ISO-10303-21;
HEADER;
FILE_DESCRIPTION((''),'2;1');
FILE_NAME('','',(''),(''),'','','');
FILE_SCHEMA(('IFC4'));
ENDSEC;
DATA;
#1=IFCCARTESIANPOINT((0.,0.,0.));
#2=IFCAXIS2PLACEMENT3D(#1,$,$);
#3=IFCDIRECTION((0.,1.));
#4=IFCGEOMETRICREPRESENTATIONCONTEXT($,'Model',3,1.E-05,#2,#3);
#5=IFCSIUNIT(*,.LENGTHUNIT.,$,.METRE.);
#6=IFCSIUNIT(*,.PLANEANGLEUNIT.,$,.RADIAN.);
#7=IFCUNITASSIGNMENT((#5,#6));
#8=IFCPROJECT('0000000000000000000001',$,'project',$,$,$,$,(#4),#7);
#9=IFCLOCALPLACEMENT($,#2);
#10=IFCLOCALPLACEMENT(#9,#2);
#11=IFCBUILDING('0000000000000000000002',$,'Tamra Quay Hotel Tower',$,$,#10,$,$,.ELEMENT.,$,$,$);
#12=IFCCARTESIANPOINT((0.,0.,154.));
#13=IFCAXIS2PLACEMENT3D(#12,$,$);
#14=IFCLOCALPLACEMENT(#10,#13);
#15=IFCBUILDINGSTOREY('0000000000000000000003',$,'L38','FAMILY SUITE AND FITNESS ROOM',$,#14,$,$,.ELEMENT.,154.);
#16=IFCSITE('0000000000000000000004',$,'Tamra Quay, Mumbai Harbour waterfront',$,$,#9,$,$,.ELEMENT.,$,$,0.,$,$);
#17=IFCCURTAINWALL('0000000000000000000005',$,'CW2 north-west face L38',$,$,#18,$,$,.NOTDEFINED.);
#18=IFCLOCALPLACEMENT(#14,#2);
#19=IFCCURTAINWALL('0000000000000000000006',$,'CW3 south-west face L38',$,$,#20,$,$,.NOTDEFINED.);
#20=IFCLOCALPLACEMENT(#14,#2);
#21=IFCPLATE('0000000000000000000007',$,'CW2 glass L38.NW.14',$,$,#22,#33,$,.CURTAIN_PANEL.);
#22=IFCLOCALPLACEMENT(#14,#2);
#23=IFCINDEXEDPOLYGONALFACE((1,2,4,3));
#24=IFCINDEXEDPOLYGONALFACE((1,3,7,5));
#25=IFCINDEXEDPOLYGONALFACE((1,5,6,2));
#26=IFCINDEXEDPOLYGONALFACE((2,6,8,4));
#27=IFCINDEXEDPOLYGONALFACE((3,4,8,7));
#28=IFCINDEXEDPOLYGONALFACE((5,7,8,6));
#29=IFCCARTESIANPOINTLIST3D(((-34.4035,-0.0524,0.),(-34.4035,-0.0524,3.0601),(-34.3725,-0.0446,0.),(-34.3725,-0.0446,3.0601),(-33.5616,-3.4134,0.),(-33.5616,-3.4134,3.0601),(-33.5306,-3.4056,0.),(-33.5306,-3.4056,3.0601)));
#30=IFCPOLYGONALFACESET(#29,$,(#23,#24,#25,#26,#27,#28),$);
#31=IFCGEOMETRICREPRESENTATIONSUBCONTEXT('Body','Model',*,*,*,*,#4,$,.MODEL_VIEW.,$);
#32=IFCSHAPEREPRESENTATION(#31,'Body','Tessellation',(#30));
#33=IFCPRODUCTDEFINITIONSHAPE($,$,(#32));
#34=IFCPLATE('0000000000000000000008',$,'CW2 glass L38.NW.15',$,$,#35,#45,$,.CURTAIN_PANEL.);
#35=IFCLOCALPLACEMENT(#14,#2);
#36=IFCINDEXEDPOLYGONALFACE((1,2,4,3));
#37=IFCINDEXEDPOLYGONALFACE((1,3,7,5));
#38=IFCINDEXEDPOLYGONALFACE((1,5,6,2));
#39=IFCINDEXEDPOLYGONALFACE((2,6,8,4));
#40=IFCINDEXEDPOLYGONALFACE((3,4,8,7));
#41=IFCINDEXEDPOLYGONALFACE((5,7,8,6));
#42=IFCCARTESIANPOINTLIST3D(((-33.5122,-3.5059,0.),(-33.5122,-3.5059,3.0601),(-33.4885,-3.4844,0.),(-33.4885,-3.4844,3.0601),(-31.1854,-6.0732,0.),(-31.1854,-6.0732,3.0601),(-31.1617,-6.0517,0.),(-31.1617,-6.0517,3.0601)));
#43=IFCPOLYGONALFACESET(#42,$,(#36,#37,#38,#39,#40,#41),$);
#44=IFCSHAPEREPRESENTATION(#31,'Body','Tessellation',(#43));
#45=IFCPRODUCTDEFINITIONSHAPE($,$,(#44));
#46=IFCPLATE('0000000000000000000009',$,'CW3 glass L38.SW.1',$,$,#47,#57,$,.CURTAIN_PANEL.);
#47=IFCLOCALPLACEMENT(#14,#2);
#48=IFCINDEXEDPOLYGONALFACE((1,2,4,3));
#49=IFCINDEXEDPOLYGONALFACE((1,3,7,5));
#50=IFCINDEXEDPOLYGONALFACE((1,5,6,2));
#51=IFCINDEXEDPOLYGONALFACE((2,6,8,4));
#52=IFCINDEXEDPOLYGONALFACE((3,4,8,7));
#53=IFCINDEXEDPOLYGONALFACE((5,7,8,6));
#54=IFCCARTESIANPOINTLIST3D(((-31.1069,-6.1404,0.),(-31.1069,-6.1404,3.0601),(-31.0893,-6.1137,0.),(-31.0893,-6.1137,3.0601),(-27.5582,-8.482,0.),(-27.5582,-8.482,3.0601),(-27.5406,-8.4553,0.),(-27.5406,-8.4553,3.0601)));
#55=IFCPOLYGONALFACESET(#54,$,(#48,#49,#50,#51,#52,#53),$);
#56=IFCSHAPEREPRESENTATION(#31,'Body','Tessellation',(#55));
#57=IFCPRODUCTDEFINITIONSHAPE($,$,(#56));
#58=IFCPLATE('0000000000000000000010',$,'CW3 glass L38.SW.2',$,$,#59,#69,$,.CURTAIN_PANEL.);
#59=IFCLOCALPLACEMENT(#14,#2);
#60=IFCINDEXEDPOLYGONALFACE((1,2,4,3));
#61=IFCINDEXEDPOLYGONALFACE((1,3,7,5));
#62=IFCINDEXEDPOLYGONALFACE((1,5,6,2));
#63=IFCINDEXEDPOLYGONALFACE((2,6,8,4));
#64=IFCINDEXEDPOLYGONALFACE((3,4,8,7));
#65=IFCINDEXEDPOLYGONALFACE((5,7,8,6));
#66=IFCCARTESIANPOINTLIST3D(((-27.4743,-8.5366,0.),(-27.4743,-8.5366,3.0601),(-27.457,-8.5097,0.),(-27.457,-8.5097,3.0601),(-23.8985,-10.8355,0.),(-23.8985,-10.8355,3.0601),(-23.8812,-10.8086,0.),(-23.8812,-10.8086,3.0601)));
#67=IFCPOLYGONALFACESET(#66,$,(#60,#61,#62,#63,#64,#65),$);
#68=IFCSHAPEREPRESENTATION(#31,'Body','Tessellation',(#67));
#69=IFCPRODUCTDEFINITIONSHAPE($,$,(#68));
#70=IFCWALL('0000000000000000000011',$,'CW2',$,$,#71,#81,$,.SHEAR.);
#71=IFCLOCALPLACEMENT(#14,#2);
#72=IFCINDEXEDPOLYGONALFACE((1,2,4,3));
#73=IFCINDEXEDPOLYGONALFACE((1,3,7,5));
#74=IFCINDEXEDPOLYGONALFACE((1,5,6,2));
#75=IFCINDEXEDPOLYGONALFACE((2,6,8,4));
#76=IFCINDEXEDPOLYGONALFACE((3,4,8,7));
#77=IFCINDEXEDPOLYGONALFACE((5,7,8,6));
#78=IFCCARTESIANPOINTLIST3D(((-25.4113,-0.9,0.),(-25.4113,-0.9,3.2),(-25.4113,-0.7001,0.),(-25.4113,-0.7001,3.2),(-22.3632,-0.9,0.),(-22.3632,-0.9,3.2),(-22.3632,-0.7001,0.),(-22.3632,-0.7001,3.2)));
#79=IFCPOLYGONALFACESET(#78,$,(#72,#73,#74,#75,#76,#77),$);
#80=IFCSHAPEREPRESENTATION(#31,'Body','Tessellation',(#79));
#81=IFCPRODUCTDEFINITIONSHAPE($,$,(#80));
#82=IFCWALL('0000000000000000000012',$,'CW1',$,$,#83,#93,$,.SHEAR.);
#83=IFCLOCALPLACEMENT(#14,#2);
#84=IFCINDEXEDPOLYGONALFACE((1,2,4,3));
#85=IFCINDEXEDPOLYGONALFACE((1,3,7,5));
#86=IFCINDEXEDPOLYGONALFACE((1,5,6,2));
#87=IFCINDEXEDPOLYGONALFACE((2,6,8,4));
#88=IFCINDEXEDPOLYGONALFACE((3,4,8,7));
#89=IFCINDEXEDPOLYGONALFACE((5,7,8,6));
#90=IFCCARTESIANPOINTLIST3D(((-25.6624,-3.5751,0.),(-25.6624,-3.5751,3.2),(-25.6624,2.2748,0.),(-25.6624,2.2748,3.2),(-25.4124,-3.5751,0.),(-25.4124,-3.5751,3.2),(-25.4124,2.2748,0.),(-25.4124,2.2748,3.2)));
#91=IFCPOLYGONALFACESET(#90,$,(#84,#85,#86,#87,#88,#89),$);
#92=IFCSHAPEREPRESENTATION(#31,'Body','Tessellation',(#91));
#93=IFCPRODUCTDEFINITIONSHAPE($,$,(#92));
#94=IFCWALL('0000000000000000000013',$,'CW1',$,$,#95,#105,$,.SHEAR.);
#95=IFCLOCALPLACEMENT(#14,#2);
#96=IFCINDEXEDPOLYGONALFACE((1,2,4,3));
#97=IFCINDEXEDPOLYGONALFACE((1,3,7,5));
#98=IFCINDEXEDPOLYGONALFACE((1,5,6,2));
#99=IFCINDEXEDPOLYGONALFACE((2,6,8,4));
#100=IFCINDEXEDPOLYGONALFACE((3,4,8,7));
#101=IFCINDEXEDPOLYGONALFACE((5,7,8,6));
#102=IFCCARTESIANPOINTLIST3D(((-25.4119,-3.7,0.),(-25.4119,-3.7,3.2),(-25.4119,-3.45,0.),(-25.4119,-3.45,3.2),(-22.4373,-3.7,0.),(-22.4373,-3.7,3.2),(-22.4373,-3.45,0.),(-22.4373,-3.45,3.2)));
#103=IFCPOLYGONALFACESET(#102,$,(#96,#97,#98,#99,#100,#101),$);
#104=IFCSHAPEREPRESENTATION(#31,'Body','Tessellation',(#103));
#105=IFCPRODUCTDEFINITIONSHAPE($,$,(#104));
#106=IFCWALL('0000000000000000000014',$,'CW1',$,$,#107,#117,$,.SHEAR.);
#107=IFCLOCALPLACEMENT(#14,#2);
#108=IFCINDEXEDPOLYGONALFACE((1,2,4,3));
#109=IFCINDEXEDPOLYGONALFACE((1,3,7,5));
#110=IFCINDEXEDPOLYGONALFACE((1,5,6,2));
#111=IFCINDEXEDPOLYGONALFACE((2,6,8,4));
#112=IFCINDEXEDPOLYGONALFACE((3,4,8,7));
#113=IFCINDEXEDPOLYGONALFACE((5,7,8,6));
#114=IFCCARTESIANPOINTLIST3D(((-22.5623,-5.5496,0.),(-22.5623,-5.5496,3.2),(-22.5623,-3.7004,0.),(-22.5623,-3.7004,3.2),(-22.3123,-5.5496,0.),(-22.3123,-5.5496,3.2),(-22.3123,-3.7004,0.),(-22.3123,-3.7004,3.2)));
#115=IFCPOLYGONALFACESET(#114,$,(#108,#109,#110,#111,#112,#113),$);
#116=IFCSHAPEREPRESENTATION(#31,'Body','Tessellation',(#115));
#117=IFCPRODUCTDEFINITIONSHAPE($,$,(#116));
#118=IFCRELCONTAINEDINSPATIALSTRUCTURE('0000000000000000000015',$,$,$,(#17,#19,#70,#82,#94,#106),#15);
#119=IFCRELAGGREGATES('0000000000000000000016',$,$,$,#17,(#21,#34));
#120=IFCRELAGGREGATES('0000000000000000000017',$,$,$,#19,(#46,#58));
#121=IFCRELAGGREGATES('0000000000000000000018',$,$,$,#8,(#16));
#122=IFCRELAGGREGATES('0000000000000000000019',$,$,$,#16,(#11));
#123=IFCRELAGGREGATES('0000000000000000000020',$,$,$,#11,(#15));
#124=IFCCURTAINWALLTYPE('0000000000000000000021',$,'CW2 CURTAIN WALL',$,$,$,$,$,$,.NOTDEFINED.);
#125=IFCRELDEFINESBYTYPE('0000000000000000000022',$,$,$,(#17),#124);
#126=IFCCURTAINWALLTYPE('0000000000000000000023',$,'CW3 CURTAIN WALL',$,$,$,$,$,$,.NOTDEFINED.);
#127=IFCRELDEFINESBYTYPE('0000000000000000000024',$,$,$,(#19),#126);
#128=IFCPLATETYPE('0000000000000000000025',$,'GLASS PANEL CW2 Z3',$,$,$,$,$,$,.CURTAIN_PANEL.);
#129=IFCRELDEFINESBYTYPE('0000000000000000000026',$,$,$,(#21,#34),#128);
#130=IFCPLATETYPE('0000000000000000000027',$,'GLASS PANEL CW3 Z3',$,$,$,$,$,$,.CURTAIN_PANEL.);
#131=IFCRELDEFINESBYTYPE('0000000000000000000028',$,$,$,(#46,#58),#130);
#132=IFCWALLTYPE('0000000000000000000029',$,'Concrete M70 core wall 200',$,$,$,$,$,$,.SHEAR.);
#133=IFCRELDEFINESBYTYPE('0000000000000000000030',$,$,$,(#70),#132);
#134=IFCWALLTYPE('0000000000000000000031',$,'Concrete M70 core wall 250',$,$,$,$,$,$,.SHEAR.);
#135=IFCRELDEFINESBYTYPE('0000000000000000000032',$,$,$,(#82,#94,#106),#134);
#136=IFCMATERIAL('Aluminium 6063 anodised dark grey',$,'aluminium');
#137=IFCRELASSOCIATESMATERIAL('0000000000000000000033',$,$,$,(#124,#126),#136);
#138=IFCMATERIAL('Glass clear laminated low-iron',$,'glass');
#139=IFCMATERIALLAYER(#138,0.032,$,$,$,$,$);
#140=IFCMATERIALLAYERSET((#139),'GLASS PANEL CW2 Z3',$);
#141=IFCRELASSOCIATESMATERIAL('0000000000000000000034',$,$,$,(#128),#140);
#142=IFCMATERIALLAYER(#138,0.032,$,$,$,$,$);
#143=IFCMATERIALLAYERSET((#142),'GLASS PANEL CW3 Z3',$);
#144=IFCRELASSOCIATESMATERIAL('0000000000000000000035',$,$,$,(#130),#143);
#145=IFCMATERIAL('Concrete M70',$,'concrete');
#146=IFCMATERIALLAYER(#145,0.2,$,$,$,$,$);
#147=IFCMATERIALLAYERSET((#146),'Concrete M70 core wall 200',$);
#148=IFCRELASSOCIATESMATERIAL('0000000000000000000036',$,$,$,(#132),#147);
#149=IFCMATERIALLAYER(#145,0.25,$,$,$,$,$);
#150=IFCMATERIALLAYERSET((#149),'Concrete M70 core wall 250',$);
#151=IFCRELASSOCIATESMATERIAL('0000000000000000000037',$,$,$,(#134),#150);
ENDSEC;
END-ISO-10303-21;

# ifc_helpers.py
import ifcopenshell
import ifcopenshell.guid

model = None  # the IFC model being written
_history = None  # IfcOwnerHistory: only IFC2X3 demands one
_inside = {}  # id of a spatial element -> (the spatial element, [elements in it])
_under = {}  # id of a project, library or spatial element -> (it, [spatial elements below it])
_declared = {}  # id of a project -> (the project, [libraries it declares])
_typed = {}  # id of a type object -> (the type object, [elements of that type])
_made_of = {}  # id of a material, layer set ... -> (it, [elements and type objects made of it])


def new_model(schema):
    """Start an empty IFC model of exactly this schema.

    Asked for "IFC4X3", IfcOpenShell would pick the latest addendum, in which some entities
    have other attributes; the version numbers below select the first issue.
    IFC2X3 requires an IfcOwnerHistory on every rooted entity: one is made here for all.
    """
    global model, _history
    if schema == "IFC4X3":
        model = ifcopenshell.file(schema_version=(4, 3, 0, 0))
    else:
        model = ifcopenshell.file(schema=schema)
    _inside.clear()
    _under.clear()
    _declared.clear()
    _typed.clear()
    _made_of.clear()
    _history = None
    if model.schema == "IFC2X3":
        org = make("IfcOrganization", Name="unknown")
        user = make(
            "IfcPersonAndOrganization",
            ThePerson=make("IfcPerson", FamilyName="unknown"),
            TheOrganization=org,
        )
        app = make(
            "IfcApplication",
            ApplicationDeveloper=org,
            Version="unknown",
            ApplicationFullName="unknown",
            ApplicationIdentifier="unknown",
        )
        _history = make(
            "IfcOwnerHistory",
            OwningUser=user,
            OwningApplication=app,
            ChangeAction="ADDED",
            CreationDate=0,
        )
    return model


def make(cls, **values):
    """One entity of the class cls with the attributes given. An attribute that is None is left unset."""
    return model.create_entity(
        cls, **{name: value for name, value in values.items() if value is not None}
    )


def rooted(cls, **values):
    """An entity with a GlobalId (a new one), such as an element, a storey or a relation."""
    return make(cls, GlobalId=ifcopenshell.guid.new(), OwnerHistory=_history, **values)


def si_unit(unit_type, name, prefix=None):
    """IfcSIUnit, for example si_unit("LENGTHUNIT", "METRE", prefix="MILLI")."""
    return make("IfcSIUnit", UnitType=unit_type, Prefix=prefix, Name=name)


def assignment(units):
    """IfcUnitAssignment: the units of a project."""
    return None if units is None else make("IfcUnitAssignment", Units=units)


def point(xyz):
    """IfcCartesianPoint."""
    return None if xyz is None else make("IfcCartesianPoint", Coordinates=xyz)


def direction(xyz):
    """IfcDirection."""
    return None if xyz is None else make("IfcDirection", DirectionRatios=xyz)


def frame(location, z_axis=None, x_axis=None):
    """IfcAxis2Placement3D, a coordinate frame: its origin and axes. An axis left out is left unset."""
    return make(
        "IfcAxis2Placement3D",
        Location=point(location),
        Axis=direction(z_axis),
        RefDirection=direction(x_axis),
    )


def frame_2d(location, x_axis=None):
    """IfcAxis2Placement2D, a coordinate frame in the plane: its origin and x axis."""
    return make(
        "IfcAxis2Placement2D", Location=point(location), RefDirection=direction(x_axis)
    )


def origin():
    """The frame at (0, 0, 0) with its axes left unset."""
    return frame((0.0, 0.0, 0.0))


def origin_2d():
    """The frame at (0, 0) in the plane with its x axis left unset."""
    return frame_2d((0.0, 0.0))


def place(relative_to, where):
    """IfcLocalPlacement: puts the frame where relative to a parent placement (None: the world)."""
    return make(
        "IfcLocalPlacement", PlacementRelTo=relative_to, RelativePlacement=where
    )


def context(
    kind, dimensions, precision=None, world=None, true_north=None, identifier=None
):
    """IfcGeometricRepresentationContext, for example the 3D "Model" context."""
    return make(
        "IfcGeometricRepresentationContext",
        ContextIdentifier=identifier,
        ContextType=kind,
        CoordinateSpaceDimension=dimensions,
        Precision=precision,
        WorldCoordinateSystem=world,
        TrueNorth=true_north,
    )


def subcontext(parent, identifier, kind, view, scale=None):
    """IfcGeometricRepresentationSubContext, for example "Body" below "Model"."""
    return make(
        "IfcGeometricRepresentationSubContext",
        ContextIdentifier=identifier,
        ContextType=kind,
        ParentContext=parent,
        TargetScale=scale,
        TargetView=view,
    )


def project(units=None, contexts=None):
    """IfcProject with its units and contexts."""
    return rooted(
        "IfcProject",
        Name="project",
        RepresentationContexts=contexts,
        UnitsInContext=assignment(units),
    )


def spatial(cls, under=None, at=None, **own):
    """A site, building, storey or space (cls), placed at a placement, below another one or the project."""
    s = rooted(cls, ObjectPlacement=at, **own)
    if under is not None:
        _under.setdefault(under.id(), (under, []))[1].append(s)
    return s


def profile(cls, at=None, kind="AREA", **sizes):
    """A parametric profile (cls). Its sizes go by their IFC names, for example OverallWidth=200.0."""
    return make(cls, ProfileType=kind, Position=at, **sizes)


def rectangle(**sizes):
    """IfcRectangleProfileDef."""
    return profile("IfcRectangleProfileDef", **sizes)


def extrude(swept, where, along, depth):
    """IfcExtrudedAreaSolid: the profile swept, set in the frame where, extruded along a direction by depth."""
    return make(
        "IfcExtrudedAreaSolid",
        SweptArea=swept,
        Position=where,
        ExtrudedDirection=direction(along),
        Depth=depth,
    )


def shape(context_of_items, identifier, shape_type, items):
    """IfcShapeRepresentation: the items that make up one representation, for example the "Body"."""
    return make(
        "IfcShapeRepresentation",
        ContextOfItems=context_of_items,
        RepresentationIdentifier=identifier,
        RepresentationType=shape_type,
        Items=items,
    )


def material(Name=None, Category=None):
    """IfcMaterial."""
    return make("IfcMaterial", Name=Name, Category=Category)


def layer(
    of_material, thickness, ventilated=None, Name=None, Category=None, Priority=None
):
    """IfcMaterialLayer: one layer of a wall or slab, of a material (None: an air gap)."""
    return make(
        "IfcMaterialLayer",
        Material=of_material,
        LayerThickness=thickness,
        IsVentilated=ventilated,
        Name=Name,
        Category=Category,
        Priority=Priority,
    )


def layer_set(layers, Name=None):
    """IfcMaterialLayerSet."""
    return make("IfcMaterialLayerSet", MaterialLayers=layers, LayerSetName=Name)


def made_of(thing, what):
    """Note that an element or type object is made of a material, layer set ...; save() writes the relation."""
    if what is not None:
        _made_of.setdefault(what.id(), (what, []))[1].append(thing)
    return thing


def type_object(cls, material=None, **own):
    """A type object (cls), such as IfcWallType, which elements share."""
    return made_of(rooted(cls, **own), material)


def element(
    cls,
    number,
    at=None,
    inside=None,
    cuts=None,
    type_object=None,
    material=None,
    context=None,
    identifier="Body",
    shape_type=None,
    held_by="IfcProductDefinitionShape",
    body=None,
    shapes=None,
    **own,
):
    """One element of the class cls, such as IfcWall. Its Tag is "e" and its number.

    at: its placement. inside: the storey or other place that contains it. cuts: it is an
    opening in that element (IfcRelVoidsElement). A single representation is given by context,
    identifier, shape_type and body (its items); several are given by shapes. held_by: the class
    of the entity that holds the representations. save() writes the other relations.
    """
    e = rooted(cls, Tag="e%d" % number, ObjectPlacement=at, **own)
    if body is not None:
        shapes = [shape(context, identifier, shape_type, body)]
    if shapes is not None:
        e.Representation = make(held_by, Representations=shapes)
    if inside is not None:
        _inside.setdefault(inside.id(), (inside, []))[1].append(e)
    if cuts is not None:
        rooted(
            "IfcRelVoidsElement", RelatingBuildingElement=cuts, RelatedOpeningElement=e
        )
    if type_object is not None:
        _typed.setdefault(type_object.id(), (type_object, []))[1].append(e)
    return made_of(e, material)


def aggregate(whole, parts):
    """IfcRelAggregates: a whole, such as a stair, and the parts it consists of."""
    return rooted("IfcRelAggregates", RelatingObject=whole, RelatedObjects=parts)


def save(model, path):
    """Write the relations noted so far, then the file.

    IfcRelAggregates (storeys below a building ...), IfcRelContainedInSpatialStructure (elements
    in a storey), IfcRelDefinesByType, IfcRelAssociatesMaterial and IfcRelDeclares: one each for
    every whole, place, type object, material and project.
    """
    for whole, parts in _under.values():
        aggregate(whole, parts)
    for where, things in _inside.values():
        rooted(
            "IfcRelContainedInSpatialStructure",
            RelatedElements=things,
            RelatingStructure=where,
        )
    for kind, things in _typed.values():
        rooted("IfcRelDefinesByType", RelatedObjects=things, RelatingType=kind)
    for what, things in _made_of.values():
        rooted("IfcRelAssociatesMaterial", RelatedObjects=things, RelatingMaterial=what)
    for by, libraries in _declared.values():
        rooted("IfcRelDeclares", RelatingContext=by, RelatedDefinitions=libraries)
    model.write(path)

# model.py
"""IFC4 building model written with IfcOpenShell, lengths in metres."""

from ifc_helpers import new_model, si_unit, direction, frame, frame_2d, origin, origin_2d, place, context, subcontext, project, spatial, rectangle, extrude, material, layer, layer_set, type_object, element, aggregate, save


model = new_model("IFC4")

# Units and contexts
model_context = context("Model", 3, precision=1e-05, world=origin(), true_north=direction((0.0, 1.0)))
body_context = subcontext(model_context, "Body", "Model", "MODEL_VIEW")
ifc_project = project(units=[si_unit("LENGTHUNIT", "METRE"), si_unit("PLANEANGLEUNIT", "RADIAN")], contexts=[model_context])

# Site, building, storey
site_placement = place(None, origin())
site = spatial("IfcSite", under=ifc_project, at=site_placement, Name="Tamra Quay, Mumbai Harbour waterfront", CompositionType="ELEMENT", RefElevation=0.0)
building_placement = place(site_placement, origin())
building = spatial("IfcBuilding", under=site, at=building_placement, Name="Tamra Quay Hotel Tower", CompositionType="ELEMENT")
storey_placement = place(building_placement, frame((0.0, 0.0, 154.0)))
storey = spatial("IfcBuildingStorey", under=building, at=storey_placement, Name="L38", Description="FAMILY SUITE AND FITNESS ROOM", CompositionType="ELEMENT", Elevation=154.0)

# Shared definitions
ifc_material_1 = material(Name="Concrete M70", Category="concrete")

# Curtain wall
ifc_material_2 = material(Name="Aluminium 6063 anodised dark grey", Category="aluminium")
curtain_wall_type_1 = type_object("IfcCurtainWallType", Name="CW2 CURTAIN WALL", PredefinedType="NOTDEFINED", material=ifc_material_2)
curtain_wall_1_placement = place(storey_placement, origin())
curtain_wall_1 = element("IfcCurtainWall", 1, at=curtain_wall_1_placement, inside=storey, type_object=curtain_wall_type_1, Name="CW2 north-west face L38", PredefinedType="NOTDEFINED")

# Curtain wall
curtain_wall_type_2 = type_object("IfcCurtainWallType", Name="CW3 CURTAIN WALL", PredefinedType="NOTDEFINED", material=ifc_material_2)
curtain_wall_2_placement = place(storey_placement, origin())
curtain_wall_2 = element("IfcCurtainWall", 2, at=curtain_wall_2_placement, inside=storey, type_object=curtain_wall_type_2, Name="CW3 south-west face L38", PredefinedType="NOTDEFINED")

# Plates
ifc_material_3 = material(Name="Glass clear laminated low-iron", Category="glass")
ifc_layer_1 = layer(ifc_material_3, 0.032)
ifc_layer_set_1 = layer_set([ifc_layer_1], Name="GLASS PANEL CW2 Z3")
plate_type_1 = type_object("IfcPlateType", Name="GLASS PANEL CW2 Z3", PredefinedType="CURTAIN_PANEL", material=ifc_layer_set_1)
plate_1_placement = place(storey_placement, frame((-33.967, -1.729, 0.0), z_axis=(0.0, 0.0, 1.0), x_axis=(0.242976, -0.970032, 0.0)))
plate_1 = element("IfcPlate", 3, at=plate_1_placement, type_object=plate_type_1, Name="CW2 glass L38.NW.14", PredefinedType="CURTAIN_PANEL", context=body_context, shape_type="SweptSolid", body=[
    extrude(rectangle(XDim=3.4648, YDim=0.032, at=origin_2d()), origin(), (0.0, 0.0, 1.0), 3.0601),
])
plate_2_placement = place(storey_placement, frame((-32.3369, -4.7788, 0.0), z_axis=(0.0, 0.0, 1.0), x_axis=(0.67155, -0.740959, 0.0)))
plate_2 = element("IfcPlate", 4, at=plate_2_placement, type_object=plate_type_1, Name="CW2 glass L38.NW.15", PredefinedType="CURTAIN_PANEL", context=body_context, shape_type="SweptSolid", body=[
    extrude(rectangle(XDim=3.4648, YDim=0.032, at=origin_2d()), origin(), (0.0, 0.0, 1.0), 3.0601),
])
aggregate(curtain_wall_1, [plate_1, plate_2])
ifc_layer_2 = layer(ifc_material_3, 0.032)
ifc_layer_set_2 = layer_set([ifc_layer_2], Name="GLASS PANEL CW3 Z3")
plate_type_2 = type_object("IfcPlateType", Name="GLASS PANEL CW3 Z3", PredefinedType="CURTAIN_PANEL", material=ifc_layer_set_2)
plate_3_placement = place(storey_placement, frame((-29.3237, -7.2979, 0.0), z_axis=(0.0, 0.0, 1.0), x_axis=(0.834663, -0.550761, 0.0)))
plate_3 = element("IfcPlate", 5, at=plate_3_placement, type_object=plate_type_2, Name="CW3 glass L38.SW.1", PredefinedType="CURTAIN_PANEL", context=body_context, shape_type="SweptSolid", body=[
    extrude(rectangle(XDim=4.2517, YDim=0.032, at=origin_2d()), origin(), (0.0, 0.0, 1.0), 3.0601),
])
plate_4_placement = place(storey_placement, frame((-25.6777, -9.6726, 0.0), z_axis=(0.0, 0.0, 1.0), x_axis=(0.841164, -0.54078, 0.0)))
plate_4 = element("IfcPlate", 6, at=plate_4_placement, type_object=plate_type_2, Name="CW3 glass L38.SW.2", PredefinedType="CURTAIN_PANEL", context=body_context, shape_type="SweptSolid", body=[
    extrude(rectangle(XDim=4.251, YDim=0.032, at=origin_2d()), origin(), (0.0, 0.0, 1.0), 3.0601),
])
aggregate(curtain_wall_2, [plate_3, plate_4])

# Walls
ifc_layer_3 = layer(ifc_material_1, 0.2)
ifc_layer_set_3 = layer_set([ifc_layer_3], Name="Concrete M70 core wall 200")
wall_type_1 = type_object("IfcWallType", Name="Concrete M70 core wall 200", PredefinedType="SHEAR", material=ifc_layer_set_3)
wall_1_placement = place(storey_placement, frame((-22.3633, -0.8, 0.0), z_axis=(0.0, 0.0, 1.0), x_axis=(-1.0, 0.0, 0.0)))
element("IfcWall", 7, at=wall_1_placement, inside=storey, type_object=wall_type_1, Name="CW2", PredefinedType="SHEAR", context=body_context, shape_type="SweptSolid", body=[
    extrude(rectangle(XDim=3.0481, YDim=0.2, at=frame_2d((1.5239, 0.0))), origin(), (0.0, 0.0, 1.0), 3.2),
])
ifc_layer_4 = layer(ifc_material_1, 0.25)
ifc_layer_set_4 = layer_set([ifc_layer_4], Name="Concrete M70 core wall 250")
wall_type_2 = type_object("IfcWallType", Name="Concrete M70 core wall 250", PredefinedType="SHEAR", material=ifc_layer_set_4)
wall_2_placement = place(storey_placement, frame((-25.5374, -3.575, 0.0), z_axis=(0.0, 0.0, 1.0), x_axis=(0.0, 1.0, 0.0)))
element("IfcWall", 8, at=wall_2_placement, inside=storey, type_object=wall_type_2, Name="CW1", PredefinedType="SHEAR", context=body_context, shape_type="SweptSolid", body=[
    extrude(rectangle(XDim=5.8499, YDim=0.25, at=frame_2d((2.9248, 0.0))), origin(), (0.0, 0.0, 1.0), 3.2),
])
wall_3_placement = place(storey_placement, frame((-22.4373, -3.575, 0.0), z_axis=(0.0, 0.0, 1.0), x_axis=(-1.0, 0.0, 0.0)))
element("IfcWall", 9, at=wall_3_placement, inside=storey, type_object=wall_type_2, Name="CW1", PredefinedType="SHEAR", context=body_context, shape_type="SweptSolid", body=[
    extrude(rectangle(XDim=2.9746, YDim=0.25, at=frame_2d((1.4873, 0.0))), origin(), (0.0, 0.0, 1.0), 3.2),
])
wall_4_placement = place(storey_placement, frame((-22.4373, -5.5496, 0.0), z_axis=(0.0, 0.0, 1.0), x_axis=(0.0, 1.0, 0.0)))
element("IfcWall", 10, at=wall_4_placement, inside=storey, type_object=wall_type_2, Name="CW1", PredefinedType="SHEAR", context=body_context, shape_type="SweptSolid", body=[
    extrude(rectangle(XDim=1.8491, YDim=0.25, at=frame_2d((0.9246, 0.0))), origin(), (0.0, 0.0, 1.0), 3.2),
])

save(model, "model.ifc")
